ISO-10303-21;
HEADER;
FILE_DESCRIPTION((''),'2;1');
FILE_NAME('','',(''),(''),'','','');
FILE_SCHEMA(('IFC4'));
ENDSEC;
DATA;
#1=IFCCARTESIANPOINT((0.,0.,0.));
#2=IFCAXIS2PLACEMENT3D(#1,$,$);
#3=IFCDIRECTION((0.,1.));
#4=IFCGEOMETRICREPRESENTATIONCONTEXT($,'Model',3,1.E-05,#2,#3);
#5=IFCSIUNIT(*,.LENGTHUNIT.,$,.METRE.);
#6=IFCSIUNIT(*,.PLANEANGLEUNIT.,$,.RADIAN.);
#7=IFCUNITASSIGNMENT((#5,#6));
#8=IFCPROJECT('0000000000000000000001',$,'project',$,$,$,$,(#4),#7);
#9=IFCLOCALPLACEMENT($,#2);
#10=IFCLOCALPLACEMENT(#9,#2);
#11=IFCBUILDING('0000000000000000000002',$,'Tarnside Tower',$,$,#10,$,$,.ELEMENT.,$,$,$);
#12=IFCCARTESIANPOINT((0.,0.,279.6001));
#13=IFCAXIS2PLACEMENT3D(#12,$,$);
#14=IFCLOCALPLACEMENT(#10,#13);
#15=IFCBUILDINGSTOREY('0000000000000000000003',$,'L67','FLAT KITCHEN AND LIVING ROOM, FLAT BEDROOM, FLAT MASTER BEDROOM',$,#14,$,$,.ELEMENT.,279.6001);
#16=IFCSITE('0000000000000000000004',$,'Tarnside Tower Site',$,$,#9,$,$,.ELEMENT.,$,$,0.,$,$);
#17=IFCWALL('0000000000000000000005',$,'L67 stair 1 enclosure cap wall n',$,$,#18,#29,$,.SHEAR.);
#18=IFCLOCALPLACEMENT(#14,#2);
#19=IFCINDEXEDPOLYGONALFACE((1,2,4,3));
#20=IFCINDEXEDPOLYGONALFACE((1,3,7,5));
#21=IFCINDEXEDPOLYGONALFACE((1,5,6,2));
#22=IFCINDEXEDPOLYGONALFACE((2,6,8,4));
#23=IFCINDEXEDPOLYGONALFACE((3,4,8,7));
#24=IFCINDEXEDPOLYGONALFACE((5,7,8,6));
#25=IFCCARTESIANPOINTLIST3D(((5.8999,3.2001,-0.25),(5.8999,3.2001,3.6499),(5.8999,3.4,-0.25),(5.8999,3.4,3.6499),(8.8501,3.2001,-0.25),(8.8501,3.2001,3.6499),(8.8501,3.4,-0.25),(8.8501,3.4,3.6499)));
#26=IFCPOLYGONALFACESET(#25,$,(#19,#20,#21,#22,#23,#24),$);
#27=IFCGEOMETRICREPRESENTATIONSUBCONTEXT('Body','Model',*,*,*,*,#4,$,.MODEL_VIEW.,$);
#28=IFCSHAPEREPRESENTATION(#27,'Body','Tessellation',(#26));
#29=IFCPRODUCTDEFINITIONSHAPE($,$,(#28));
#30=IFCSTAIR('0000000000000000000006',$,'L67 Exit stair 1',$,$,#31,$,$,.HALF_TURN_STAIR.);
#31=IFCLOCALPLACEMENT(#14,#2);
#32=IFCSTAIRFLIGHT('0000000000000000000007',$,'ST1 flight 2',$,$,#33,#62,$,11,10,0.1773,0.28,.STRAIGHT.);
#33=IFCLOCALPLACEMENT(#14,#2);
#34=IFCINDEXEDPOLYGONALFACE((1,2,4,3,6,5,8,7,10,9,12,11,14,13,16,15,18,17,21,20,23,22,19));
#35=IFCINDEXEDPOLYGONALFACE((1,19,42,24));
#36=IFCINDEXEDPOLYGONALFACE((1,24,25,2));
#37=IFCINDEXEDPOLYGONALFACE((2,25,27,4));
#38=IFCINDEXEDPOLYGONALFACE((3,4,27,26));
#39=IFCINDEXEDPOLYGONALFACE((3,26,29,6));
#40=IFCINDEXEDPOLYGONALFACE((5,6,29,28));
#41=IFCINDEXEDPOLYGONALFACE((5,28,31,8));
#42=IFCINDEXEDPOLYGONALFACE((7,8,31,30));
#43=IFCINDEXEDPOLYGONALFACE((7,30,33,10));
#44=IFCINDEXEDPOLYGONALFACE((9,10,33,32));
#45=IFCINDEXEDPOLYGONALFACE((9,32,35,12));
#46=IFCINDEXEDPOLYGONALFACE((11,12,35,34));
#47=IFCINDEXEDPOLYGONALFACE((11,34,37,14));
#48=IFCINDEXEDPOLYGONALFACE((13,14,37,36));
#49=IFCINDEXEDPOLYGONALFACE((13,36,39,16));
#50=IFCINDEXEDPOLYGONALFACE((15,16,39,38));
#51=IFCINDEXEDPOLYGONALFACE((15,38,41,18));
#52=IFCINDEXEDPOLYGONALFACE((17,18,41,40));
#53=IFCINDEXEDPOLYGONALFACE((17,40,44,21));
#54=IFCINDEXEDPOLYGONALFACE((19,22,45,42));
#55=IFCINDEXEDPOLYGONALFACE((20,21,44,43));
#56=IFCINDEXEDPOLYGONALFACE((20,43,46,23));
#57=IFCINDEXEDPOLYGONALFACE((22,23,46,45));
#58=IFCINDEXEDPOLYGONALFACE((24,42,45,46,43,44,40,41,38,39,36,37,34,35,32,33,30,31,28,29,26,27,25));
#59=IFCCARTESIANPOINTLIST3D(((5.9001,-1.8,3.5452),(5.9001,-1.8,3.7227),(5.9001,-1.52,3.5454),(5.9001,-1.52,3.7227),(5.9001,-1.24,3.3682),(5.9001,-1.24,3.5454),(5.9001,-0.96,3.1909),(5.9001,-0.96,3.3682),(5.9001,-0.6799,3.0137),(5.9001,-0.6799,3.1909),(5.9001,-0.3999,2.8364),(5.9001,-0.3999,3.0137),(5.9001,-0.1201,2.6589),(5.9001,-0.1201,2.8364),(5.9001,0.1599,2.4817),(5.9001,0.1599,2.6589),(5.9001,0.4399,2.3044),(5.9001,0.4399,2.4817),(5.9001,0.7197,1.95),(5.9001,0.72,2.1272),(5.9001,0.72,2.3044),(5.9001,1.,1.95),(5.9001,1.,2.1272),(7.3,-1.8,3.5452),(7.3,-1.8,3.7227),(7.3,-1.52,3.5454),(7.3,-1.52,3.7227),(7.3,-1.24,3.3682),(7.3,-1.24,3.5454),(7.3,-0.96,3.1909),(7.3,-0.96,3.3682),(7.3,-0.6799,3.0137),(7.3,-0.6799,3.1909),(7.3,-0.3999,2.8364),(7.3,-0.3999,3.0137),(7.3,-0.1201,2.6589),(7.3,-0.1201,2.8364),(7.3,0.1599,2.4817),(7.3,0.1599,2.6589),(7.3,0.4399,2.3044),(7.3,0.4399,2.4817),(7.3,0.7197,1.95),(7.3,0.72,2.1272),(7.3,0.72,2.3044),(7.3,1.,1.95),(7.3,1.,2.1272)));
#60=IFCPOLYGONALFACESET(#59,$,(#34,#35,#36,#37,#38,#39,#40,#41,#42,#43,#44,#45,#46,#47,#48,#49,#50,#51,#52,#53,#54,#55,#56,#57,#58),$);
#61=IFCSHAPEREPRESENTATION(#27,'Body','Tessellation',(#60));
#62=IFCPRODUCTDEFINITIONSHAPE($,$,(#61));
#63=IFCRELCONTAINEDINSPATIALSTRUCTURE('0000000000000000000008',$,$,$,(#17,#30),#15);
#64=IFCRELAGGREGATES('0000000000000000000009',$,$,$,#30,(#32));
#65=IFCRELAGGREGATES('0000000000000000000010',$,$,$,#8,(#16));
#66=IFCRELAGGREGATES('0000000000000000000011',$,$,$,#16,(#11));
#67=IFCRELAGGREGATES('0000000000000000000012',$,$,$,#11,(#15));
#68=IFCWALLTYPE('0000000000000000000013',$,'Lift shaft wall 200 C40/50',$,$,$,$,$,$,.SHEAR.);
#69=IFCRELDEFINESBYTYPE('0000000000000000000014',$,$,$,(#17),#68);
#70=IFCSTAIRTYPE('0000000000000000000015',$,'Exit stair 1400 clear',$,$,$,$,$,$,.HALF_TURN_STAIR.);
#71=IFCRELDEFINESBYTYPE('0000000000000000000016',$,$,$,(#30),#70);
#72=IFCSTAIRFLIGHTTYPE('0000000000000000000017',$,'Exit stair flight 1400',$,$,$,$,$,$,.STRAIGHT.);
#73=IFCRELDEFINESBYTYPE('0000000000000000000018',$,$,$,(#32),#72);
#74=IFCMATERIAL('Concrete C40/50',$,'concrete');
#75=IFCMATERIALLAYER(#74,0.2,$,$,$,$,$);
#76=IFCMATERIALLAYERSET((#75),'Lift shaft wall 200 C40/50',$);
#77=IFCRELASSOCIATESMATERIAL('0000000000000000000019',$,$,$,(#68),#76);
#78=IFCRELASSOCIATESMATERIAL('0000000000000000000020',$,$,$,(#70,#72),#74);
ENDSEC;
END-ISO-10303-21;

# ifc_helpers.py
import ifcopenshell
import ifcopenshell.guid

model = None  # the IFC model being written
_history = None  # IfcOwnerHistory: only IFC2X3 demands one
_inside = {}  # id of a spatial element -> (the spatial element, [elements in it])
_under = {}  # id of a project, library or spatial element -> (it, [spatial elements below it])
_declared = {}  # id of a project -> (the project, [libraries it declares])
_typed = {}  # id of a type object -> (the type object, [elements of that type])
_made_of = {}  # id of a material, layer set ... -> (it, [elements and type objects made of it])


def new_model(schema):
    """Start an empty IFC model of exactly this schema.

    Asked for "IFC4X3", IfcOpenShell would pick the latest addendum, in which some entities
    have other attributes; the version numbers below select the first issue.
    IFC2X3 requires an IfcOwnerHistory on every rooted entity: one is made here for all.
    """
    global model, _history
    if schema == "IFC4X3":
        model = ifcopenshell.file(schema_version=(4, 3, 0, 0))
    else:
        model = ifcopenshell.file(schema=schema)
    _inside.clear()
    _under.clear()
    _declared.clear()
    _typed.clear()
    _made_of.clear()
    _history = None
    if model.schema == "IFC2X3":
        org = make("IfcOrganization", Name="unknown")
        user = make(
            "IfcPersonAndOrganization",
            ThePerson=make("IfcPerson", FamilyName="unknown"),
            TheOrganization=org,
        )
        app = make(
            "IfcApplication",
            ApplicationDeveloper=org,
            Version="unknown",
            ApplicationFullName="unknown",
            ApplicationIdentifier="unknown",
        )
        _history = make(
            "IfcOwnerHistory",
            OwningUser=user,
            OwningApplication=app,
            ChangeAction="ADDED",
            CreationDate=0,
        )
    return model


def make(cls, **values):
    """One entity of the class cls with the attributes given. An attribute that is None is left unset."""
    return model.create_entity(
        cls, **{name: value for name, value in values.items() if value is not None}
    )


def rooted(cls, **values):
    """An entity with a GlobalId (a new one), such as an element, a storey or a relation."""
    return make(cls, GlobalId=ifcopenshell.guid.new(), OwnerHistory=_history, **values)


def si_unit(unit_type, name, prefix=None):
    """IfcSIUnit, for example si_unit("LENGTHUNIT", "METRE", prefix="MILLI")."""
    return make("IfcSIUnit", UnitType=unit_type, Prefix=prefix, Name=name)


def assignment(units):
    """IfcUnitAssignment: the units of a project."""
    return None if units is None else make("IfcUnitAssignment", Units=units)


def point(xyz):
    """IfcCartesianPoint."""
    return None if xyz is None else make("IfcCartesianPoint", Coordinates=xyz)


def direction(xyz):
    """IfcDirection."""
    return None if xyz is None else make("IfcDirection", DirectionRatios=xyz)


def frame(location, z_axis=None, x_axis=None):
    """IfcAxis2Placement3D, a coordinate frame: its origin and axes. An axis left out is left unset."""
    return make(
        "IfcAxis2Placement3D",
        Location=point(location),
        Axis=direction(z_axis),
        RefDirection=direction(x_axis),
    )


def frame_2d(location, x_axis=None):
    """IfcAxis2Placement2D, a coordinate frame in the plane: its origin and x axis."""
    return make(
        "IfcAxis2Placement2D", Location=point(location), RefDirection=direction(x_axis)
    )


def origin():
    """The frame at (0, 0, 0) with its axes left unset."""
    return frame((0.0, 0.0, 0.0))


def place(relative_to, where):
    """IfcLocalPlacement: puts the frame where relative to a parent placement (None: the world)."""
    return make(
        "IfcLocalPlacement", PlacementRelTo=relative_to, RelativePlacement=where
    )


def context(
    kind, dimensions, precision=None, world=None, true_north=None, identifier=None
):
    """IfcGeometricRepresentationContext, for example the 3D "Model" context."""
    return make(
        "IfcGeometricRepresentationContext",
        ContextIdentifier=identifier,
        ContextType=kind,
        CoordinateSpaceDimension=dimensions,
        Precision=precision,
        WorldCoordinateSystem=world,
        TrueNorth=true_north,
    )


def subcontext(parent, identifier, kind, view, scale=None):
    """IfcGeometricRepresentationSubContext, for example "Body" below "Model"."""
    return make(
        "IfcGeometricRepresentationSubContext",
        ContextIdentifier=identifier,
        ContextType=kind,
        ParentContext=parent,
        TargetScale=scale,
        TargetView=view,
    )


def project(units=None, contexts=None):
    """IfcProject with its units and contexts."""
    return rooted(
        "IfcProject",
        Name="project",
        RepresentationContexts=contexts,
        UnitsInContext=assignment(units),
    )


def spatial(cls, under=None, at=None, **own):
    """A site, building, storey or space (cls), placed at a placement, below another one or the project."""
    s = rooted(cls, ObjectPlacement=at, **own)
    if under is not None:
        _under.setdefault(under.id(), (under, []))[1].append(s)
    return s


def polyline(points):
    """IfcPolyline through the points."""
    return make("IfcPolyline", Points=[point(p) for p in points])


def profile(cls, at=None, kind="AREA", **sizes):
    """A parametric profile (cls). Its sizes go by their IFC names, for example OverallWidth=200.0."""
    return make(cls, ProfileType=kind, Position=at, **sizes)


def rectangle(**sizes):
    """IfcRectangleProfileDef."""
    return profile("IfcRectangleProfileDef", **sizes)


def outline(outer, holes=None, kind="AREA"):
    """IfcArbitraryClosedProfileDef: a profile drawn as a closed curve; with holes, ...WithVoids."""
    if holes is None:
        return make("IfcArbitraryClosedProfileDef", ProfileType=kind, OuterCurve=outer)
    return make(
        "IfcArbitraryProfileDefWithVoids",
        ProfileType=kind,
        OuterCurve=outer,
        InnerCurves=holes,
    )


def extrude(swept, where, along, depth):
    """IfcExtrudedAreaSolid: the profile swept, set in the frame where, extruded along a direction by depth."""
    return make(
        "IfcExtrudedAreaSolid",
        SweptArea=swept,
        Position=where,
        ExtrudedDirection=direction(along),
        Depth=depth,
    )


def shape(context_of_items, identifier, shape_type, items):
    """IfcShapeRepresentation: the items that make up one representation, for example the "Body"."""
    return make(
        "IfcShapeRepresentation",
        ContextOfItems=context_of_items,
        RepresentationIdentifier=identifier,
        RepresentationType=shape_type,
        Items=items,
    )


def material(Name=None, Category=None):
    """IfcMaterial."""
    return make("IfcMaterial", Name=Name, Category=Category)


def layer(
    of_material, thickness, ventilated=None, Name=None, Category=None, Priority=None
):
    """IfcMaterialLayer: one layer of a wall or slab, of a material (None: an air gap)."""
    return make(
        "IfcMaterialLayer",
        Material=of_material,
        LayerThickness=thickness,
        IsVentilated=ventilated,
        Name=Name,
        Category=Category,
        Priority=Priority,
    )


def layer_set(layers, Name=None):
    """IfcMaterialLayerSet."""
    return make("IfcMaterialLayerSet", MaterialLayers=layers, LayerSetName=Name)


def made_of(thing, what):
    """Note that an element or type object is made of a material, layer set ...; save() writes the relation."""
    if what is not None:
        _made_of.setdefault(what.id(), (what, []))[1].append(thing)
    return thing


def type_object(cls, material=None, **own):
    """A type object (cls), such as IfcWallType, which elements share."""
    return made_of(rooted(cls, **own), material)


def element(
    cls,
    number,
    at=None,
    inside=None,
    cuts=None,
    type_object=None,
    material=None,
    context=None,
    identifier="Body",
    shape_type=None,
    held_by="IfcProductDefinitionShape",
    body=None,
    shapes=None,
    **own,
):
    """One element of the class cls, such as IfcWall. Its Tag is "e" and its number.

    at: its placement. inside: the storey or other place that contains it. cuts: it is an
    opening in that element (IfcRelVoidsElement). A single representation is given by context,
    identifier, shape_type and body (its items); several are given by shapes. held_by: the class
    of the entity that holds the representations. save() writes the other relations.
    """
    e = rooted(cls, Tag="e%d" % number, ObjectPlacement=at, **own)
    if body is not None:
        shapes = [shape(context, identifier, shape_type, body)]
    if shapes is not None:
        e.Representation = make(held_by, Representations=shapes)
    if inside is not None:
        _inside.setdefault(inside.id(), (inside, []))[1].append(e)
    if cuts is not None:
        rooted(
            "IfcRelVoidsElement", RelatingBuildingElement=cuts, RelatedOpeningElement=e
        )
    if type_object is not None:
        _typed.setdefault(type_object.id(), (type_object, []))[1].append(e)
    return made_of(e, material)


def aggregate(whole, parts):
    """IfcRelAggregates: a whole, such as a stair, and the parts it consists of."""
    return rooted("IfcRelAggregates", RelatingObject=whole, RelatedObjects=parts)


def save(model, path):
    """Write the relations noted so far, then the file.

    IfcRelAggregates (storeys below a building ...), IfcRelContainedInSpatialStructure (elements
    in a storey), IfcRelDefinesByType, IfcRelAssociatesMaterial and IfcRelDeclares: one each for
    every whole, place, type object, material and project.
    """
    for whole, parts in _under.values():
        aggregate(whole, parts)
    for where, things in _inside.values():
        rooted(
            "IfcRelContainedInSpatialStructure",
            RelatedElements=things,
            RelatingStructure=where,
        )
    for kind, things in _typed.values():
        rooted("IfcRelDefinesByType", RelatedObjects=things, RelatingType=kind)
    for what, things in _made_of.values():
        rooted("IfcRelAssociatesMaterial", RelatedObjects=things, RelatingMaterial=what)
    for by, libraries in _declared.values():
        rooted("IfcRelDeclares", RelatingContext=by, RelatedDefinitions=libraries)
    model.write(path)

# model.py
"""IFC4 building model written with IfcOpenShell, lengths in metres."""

from ifc_helpers import new_model, si_unit, direction, frame, frame_2d, origin, place, context, subcontext, project, spatial, polyline, rectangle, outline, extrude, material, layer, layer_set, type_object, element, aggregate, save


model = new_model("IFC4")

# Units and contexts
model_context = context("Model", 3, precision=1e-05, world=origin(), true_north=direction((0.0, 1.0)))
body_context = subcontext(model_context, "Body", "Model", "MODEL_VIEW")
ifc_project = project(units=[si_unit("LENGTHUNIT", "METRE"), si_unit("PLANEANGLEUNIT", "RADIAN")], contexts=[model_context])

# Site, building, storey
site_placement = place(None, origin())
site = spatial("IfcSite", under=ifc_project, at=site_placement, Name="Tarnside Tower Site", CompositionType="ELEMENT", RefElevation=0.0)
building_placement = place(site_placement, origin())
building = spatial("IfcBuilding", under=site, at=building_placement, Name="Tarnside Tower", CompositionType="ELEMENT")
storey_placement = place(building_placement, frame((0.0, 0.0, 279.6001)))
storey = spatial("IfcBuildingStorey", under=building, at=storey_placement, Name="L67", Description="FLAT KITCHEN AND LIVING ROOM, FLAT BEDROOM, FLAT MASTER BEDROOM", CompositionType="ELEMENT", Elevation=279.6001)

# Shared definitions
ifc_material_1 = material(Name="Concrete C40/50", Category="concrete")

# Shared definitions
ifc_layer_1 = layer(ifc_material_1, 0.2)
ifc_layer_set_1 = layer_set([ifc_layer_1], Name="Lift shaft wall 200 C40/50")
wall_type_1 = type_object("IfcWallType", Name="Lift shaft wall 200 C40/50", PredefinedType="SHEAR", material=ifc_layer_set_1)

# Wall
wall_1_placement = place(storey_placement, frame((5.8999, 3.3, -0.25), z_axis=(0.0, 0.0, 1.0), x_axis=(1.0, 0.0, 0.0)))
element("IfcWall", 1, at=wall_1_placement, inside=storey, type_object=wall_type_1, Name="L67 stair 1 enclosure cap wall n", PredefinedType="SHEAR", context=body_context, shape_type="SweptSolid", body=[
    extrude(rectangle(XDim=2.9502, YDim=0.2, at=frame_2d((1.4751, 0.0))), origin(), (0.0, 0.0, 1.0), 3.8999),
])

# Stair, stair flight
stair_type = type_object("IfcStairType", Name="Exit stair 1400 clear", PredefinedType="HALF_TURN_STAIR", material=ifc_material_1)
stair_placement = place(storey_placement, origin())
stair = element("IfcStair", 2, at=stair_placement, inside=storey, type_object=stair_type, Name="L67 Exit stair 1", PredefinedType="HALF_TURN_STAIR")
stair_flight_type = type_object("IfcStairFlightType", Name="Exit stair flight 1400", PredefinedType="STRAIGHT", material=ifc_material_1)
stair_flight_placement = place(storey_placement, frame((6.6001, 1.0, 1.95), z_axis=(0.0, 0.0, 1.0), x_axis=(0.0, -1.0, 0.0)))
stair_flight = element("IfcStairFlight", 3, at=stair_flight_placement, type_object=stair_flight_type, Name="ST1 flight 2", NumberOfRisers=11, NumberOfTreads=10, PredefinedType="STRAIGHT", RiserHeight=0.1773, TreadLength=0.28, context=body_context, shape_type="SweptSolid", body=[
    extrude(outline(polyline([(0.0, 0.0), (0.0, 0.1772), (0.28, 0.1772), (0.28, 0.3545), (0.5601, 0.3545), (0.5601, 0.5317), (0.8401, 0.5317), (0.8401, 0.709), (1.1201, 0.709), (1.1201, 0.8865), (1.3999, 0.8865), (1.3999, 1.0637), (1.6799, 1.0637), (1.6799, 1.241), (1.96, 1.241), (1.96, 1.4182), (2.24, 1.4182), (2.24, 1.5955), (2.52, 1.5955), (2.52, 1.7727), (2.8, 1.7727), (2.8, 1.95), (2.8, 1.5952), (0.2803, 0.0), (0.0, 0.0)])), frame((0.0, 0.7, 0.0), z_axis=(0.0, -1.0, 0.0), x_axis=(1.0, 0.0, 0.0)), (0.0, 0.0, 1.0), 1.3999),
])
aggregate(stair, [stair_flight])

save(model, "model.ifc")
